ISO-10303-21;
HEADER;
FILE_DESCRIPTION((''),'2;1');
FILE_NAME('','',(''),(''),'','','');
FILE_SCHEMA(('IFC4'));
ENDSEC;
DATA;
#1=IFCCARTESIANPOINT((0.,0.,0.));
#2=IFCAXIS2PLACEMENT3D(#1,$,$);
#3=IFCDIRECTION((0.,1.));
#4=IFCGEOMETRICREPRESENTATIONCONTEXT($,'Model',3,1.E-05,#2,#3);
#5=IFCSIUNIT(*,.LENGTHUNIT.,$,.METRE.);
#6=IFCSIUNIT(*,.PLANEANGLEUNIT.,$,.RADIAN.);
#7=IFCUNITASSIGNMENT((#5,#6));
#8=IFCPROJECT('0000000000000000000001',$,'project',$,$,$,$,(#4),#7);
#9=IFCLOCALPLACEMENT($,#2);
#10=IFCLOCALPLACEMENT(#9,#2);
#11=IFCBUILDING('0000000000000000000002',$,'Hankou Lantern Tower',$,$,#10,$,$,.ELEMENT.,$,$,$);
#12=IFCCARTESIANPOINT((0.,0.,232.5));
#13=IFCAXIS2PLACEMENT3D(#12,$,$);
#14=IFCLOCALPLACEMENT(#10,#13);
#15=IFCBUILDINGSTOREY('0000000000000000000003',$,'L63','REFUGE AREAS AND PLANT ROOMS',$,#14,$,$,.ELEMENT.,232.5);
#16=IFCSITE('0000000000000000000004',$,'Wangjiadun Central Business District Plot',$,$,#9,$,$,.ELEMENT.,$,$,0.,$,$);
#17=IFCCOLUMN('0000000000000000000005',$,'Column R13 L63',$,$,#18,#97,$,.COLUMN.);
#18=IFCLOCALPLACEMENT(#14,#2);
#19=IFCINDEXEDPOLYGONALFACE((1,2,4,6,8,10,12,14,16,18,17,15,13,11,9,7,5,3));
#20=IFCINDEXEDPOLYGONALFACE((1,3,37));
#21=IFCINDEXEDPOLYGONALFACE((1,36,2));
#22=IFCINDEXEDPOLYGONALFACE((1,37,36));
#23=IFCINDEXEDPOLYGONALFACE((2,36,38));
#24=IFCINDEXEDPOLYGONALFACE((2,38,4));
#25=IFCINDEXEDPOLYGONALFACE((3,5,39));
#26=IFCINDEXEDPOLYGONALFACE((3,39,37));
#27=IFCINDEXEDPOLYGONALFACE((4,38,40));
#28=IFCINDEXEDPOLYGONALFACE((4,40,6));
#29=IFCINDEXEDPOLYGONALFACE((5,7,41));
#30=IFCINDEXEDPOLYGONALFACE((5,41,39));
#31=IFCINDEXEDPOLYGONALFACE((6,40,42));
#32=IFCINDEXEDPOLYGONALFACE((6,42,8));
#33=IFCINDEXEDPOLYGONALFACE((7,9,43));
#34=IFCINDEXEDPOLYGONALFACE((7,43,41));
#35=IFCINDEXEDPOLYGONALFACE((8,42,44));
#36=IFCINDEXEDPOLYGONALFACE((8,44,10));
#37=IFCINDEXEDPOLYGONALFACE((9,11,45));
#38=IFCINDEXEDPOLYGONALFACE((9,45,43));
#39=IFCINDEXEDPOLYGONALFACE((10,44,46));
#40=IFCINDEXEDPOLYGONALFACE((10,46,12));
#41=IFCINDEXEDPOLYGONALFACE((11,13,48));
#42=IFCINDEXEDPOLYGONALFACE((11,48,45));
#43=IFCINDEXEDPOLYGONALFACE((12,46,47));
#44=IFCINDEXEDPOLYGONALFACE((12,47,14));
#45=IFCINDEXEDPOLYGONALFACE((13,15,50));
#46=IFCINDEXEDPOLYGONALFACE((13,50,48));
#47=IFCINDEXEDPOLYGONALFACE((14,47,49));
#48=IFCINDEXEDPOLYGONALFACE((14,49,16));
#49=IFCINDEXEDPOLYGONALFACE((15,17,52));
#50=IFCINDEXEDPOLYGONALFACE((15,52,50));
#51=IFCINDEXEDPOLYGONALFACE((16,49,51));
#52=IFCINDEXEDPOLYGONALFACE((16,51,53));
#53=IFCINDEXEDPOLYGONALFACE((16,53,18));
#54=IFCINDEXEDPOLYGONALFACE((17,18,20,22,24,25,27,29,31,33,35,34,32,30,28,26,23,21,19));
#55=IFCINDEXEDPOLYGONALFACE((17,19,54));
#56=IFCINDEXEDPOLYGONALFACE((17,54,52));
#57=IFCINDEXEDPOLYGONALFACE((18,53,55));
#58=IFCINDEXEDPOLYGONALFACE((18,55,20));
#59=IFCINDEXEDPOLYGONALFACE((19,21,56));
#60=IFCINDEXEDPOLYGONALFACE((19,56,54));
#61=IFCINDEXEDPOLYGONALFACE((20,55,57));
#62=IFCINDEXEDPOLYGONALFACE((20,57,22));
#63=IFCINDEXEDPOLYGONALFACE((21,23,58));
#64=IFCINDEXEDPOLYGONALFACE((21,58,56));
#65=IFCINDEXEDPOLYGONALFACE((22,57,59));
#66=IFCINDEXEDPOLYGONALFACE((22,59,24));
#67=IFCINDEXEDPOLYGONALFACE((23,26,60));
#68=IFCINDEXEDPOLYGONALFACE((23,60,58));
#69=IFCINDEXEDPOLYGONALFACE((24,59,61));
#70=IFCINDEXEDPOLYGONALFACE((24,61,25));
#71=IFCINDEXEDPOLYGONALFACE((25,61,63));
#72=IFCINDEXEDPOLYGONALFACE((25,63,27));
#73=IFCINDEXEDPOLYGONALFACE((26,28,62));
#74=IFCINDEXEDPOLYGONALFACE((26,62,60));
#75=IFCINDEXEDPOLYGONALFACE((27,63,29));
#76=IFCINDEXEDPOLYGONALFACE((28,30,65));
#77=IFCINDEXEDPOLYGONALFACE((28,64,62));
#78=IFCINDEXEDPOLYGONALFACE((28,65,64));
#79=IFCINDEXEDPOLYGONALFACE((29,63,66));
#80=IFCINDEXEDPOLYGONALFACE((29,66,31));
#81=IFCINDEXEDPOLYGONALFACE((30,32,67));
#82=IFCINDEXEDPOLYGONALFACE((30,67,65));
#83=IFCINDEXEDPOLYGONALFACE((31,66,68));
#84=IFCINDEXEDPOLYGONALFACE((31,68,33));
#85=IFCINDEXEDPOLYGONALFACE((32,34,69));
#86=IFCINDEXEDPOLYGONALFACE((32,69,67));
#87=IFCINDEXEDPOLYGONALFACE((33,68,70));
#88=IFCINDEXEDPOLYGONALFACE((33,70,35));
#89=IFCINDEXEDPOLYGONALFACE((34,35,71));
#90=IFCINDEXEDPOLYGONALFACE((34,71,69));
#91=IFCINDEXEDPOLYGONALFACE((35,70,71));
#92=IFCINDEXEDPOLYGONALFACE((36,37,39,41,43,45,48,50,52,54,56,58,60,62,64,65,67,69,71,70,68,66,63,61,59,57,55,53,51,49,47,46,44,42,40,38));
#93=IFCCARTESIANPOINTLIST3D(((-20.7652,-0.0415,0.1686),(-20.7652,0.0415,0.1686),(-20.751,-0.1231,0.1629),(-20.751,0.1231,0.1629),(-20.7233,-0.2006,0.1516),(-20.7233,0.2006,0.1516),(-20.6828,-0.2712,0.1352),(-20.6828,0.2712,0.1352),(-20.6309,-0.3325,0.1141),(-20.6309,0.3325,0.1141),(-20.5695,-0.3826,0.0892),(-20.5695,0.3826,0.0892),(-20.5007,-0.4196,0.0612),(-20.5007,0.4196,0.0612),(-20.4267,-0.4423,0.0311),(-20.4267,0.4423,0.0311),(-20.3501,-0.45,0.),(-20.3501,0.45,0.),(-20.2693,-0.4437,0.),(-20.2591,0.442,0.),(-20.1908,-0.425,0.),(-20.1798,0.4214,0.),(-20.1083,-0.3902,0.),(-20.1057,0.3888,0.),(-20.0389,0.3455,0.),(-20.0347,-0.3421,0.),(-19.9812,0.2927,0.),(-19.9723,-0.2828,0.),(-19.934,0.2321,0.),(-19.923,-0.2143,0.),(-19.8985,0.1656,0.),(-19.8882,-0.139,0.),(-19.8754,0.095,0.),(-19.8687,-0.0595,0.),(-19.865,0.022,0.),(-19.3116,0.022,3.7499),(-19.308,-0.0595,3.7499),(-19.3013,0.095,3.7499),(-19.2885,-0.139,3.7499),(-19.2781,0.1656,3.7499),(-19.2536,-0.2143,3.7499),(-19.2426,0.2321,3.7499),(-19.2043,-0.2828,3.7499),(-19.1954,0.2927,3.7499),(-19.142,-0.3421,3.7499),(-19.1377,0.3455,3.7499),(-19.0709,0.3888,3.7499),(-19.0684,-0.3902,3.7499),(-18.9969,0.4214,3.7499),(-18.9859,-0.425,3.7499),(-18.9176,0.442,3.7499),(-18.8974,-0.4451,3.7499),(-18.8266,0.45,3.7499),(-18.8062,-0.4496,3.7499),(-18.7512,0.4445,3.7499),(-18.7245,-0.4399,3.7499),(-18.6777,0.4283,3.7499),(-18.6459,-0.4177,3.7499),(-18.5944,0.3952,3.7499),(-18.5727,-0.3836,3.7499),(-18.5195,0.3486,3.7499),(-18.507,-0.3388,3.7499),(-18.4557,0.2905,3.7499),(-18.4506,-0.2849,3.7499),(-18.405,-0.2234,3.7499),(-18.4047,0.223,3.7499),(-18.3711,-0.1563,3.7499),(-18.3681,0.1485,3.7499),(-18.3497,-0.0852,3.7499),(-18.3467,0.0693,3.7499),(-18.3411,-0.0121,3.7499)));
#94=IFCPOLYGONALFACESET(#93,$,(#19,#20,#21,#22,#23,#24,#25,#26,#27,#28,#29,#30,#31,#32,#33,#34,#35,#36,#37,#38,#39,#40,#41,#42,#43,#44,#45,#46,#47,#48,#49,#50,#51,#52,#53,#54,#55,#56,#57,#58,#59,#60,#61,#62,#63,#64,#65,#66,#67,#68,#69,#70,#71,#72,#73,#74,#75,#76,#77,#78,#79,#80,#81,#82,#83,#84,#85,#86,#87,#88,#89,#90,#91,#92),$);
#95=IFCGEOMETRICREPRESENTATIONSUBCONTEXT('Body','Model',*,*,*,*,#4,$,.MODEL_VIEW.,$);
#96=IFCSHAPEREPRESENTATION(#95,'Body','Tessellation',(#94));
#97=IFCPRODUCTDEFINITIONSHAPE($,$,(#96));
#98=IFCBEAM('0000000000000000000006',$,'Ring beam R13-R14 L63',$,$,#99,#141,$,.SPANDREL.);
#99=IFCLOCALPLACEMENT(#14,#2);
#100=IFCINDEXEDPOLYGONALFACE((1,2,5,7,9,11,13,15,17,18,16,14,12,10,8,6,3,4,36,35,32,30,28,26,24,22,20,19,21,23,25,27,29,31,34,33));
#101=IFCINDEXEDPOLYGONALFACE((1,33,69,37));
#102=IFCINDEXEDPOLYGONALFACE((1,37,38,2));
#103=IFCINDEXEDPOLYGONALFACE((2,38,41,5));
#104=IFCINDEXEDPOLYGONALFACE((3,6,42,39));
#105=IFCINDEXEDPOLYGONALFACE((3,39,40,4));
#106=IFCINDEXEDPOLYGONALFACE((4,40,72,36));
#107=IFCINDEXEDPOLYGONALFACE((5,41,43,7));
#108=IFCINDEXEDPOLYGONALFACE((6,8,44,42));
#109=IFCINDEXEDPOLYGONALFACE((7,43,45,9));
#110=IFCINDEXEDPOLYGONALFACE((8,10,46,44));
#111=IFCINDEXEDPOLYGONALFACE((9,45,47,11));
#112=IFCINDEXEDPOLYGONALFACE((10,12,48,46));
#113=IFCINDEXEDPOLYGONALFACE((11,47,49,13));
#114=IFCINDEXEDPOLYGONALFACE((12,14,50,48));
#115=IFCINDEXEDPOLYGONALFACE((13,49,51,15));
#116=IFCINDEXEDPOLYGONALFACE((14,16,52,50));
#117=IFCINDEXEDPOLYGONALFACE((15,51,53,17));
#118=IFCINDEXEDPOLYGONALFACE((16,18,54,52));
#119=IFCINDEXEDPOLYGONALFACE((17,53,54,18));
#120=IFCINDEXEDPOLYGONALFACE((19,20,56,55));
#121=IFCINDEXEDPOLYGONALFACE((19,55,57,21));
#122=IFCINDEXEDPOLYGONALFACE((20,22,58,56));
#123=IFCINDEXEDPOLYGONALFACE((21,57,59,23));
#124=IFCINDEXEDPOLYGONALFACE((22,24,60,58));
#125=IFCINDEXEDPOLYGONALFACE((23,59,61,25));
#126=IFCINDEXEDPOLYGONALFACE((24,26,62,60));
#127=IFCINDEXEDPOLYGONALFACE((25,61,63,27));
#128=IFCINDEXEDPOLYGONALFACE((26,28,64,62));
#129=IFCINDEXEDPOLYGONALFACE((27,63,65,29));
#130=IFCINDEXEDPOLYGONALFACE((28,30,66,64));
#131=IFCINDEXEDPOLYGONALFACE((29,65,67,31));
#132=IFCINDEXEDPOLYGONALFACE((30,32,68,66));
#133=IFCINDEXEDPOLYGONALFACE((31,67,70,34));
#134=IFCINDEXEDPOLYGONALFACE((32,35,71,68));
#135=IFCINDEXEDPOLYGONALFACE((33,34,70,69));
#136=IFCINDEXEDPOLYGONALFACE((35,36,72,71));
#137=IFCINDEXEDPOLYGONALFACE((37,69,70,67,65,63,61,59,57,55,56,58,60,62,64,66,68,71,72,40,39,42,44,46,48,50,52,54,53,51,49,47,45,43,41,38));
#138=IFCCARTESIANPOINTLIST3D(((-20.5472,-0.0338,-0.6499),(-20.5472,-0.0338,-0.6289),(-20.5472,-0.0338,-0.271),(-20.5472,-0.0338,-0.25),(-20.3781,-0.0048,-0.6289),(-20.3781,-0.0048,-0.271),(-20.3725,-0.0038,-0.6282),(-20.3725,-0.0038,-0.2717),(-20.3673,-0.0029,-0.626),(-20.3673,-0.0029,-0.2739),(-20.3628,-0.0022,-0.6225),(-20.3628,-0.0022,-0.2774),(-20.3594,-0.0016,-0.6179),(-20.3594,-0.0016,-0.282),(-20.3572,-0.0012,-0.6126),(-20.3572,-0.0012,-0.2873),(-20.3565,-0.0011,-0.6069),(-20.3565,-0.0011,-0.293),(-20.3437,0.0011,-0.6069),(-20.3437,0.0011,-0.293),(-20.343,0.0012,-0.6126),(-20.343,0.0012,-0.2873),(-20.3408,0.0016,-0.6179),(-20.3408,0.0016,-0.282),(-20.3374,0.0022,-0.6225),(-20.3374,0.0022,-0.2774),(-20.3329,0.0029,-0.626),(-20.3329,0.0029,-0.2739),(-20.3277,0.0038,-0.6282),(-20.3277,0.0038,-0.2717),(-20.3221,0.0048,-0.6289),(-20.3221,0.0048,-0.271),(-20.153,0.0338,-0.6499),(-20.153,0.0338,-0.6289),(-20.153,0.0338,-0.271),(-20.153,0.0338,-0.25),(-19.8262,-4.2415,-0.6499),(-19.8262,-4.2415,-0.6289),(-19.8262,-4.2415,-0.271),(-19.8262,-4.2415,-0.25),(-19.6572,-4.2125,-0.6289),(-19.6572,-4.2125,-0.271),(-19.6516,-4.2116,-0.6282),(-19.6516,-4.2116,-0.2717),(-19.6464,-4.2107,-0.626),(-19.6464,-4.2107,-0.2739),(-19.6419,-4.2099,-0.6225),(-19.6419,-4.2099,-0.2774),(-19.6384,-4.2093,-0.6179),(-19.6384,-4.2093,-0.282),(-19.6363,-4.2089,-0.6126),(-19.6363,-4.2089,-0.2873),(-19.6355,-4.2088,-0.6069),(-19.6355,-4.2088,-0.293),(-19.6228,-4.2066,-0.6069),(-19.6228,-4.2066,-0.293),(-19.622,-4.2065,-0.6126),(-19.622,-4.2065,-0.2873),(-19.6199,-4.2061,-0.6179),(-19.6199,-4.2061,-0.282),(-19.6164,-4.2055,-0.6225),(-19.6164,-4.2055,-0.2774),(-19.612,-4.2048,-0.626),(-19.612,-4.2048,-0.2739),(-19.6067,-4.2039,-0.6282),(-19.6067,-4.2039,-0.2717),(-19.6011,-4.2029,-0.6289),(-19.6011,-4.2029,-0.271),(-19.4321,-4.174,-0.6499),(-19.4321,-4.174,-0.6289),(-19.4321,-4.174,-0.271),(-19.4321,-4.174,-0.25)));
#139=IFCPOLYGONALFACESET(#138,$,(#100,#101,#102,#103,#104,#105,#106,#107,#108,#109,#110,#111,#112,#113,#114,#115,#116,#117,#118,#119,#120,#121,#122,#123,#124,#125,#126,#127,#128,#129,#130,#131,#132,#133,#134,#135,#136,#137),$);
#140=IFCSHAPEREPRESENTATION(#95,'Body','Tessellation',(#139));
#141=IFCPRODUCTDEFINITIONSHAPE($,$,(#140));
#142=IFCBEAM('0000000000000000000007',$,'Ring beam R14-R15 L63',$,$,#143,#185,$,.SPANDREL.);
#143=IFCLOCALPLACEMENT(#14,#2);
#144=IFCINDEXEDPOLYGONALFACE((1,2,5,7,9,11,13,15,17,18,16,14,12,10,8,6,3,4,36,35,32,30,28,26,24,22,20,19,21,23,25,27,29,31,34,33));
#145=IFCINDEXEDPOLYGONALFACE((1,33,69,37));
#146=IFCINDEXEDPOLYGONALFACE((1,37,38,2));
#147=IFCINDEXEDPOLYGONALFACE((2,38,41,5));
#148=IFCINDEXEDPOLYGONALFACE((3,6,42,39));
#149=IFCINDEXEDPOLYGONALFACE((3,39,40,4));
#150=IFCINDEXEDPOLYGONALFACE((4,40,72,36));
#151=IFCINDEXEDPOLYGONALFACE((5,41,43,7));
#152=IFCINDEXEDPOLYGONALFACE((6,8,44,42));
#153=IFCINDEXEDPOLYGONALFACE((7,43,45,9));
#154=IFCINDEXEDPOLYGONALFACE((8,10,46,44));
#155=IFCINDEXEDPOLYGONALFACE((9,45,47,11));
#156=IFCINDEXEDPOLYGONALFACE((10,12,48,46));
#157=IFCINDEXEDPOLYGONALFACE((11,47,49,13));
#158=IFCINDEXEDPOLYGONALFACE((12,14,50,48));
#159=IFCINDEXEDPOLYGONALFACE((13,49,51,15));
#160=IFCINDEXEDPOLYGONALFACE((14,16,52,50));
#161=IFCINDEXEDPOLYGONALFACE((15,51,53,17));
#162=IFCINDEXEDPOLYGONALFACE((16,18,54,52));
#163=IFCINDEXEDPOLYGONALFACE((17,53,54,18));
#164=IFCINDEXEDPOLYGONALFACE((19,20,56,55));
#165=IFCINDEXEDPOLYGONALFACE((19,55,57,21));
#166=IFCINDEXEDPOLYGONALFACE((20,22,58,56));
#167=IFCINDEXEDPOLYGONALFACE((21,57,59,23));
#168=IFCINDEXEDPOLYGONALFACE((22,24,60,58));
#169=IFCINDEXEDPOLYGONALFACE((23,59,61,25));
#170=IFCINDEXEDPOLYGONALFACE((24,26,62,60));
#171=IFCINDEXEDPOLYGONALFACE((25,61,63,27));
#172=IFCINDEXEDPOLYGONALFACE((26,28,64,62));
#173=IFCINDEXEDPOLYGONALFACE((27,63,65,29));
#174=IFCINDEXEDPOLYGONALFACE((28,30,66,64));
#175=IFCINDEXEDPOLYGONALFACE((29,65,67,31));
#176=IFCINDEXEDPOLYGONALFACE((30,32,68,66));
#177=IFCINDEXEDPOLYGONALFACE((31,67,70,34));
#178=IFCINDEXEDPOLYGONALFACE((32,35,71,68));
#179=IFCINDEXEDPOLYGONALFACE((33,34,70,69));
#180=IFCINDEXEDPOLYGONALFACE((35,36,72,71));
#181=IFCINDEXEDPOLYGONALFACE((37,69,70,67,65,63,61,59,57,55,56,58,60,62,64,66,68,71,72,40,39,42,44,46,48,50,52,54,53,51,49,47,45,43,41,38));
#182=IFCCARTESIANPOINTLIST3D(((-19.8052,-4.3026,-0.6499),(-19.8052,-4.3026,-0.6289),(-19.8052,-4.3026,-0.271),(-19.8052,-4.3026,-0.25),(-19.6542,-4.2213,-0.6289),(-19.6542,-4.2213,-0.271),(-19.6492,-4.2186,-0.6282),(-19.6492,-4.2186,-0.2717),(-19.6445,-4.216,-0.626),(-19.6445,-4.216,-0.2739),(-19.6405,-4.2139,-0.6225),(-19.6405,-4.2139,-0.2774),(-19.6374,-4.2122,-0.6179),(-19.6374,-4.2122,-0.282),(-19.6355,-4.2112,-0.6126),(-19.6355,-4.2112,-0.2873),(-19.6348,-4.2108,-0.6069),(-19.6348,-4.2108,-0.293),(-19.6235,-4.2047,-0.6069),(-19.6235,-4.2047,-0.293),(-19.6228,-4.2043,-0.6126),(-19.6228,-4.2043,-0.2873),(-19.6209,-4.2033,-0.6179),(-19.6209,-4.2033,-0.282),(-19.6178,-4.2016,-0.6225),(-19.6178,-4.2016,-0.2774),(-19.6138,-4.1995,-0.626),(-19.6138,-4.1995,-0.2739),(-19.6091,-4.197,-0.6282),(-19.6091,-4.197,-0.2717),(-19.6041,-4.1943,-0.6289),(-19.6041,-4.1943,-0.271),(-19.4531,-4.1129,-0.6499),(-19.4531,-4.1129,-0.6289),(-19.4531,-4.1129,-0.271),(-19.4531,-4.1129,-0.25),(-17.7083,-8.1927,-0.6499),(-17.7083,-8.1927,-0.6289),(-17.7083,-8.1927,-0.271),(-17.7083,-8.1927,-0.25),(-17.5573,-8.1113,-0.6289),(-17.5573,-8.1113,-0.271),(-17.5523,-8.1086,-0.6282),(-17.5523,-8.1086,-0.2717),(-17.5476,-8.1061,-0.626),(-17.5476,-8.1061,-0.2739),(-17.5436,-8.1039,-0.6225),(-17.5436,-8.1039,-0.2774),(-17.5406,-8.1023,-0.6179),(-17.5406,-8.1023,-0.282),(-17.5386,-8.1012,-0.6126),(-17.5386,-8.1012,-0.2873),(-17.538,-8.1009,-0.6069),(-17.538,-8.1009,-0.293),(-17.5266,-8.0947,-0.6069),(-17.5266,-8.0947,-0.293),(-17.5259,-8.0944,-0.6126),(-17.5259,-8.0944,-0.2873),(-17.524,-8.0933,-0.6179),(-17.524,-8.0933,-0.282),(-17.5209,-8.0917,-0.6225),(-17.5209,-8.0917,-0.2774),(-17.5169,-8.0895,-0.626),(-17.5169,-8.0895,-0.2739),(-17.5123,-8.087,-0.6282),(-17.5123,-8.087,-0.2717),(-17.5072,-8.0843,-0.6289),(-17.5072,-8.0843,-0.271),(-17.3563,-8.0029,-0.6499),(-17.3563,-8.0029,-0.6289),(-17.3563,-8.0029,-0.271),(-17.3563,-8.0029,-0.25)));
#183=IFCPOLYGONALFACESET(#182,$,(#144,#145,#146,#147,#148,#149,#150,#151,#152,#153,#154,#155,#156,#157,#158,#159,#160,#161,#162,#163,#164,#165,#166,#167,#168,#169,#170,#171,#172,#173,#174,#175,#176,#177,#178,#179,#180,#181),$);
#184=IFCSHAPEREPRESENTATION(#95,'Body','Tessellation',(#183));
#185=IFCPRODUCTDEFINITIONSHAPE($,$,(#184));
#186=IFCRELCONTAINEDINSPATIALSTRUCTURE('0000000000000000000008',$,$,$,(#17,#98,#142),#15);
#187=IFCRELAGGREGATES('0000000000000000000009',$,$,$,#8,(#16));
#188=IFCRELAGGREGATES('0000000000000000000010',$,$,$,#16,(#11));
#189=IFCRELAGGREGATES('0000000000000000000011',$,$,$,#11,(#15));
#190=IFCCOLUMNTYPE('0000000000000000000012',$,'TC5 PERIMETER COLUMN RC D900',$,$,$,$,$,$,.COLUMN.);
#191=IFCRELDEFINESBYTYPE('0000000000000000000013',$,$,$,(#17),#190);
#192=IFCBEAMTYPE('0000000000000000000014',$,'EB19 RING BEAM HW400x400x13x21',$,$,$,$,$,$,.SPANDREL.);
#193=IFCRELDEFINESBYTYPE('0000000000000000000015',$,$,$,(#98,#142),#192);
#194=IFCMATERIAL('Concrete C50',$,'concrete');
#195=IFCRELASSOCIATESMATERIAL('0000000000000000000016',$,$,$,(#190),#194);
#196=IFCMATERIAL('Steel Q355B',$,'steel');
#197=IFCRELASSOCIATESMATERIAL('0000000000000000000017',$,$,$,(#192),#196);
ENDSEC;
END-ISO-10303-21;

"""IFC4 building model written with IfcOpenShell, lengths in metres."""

from ifc_helpers import new_model, si_unit, direction, frame, origin, origin_2d, place, context, subcontext, project, spatial, circle, i_section, extrude, clip, halfspace, material, material_profile, profile_set, type_object, element, save


model = new_model("IFC4")

# Units and contexts
model_context = context("Model", 3, precision=1e-05, world=origin(), true_north=direction((0.0, 1.0)))
body_context = subcontext(model_context, "Body", "Model", "MODEL_VIEW")
ifc_project = project(units=[si_unit("LENGTHUNIT", "METRE"), si_unit("PLANEANGLEUNIT", "RADIAN")], contexts=[model_context])

# Site, building, storey
site_placement = place(None, origin())
site = spatial("IfcSite", under=ifc_project, at=site_placement, Name="Wangjiadun Central Business District Plot", CompositionType="ELEMENT", RefElevation=0.0)
building_placement = place(site_placement, origin())
building = spatial("IfcBuilding", under=site, at=building_placement, Name="Hankou Lantern Tower", CompositionType="ELEMENT")
storey_placement = place(building_placement, frame((0.0, 0.0, 232.5)))
storey = spatial("IfcBuildingStorey", under=building, at=storey_placement, Name="L63", Description="REFUGE AREAS AND PLANT ROOMS", CompositionType="ELEMENT", Elevation=232.5)

# Column
ifc_material_1 = material(Name="Concrete C50", Category="concrete")
ifc_material_profile_1 = material_profile(ifc_material_1, circle(Radius=0.45, at=origin_2d()), Name="RC D900")
ifc_profile_set_1 = profile_set([ifc_material_profile_1], Name="Concrete C50")
column_type = type_object("IfcColumnType", Name="TC5 PERIMETER COLUMN RC D900", PredefinedType="COLUMN", material=ifc_profile_set_1)
column_1_placement = place(storey_placement, frame((-20.3501, 0.0, 0.0), z_axis=(0.376406, 0.0, 0.926455), x_axis=(0.0, 1.0, 0.0)))
element("IfcColumn", 1, at=column_1_placement, inside=storey, type_object=column_type, Name="Column R13 L63", PredefinedType="COLUMN", context=body_context, shape_type="Clipping", body=[
    clip(clip(extrude(circle(Radius=0.45, at=origin_2d()), origin(), (0.0, 0.0, 1.0), 5.1812), halfspace(frame((0.0, 0.0, 0.0), z_axis=(0.0, -0.376406, -0.926455), x_axis=(0.0, -0.926455, 0.376406)), False)), halfspace(frame((0.0, 0.0, 4.0476), z_axis=(0.0, 0.376406, 0.926455), x_axis=(0.0, -0.926455, 0.376406)), False)),
])

# Beams
ifc_material_2 = material(Name="Steel Q355B", Category="steel")
ifc_material_profile_2 = material_profile(ifc_material_2, i_section(OverallWidth=0.3999, OverallDepth=0.3999, WebThickness=0.0129, FlangeThickness=0.021, FilletRadius=0.022, at=origin_2d()), Name="HW400x400x13x21")
ifc_profile_set_2 = profile_set([ifc_material_profile_2], Name="Steel Q355B")
beam_type_1 = type_object("IfcBeamType", Name="EB19 RING BEAM HW400x400x13x21", PredefinedType="SPANDREL", material=ifc_profile_set_2)
beam_1_placement = place(storey_placement, frame((-20.3501, 0.0, -0.45), z_axis=(0.168877, -0.985637, 0.0), x_axis=(0.985637, 0.168877, 0.0)))
element("IfcBeam", 2, at=beam_1_placement, inside=storey, type_object=beam_type_1, Name="Ring beam R13-R14 L63", PredefinedType="SPANDREL", context=body_context, shape_type="SweptSolid", body=[
    extrude(i_section(OverallWidth=0.3999, OverallDepth=0.3999, WebThickness=0.0129, FlangeThickness=0.021, FilletRadius=0.022, at=origin_2d()), origin(), (0.0, 0.0, 1.0), 4.269),
])
beam_2_placement = place(storey_placement, frame((-19.6292, -4.2078, -0.45), z_axis=(0.474492, -0.88026, 0.0), x_axis=(0.88026, 0.474492, 0.0)))
element("IfcBeam", 3, at=beam_2_placement, inside=storey, type_object=beam_type_1, Name="Ring beam R14-R15 L63", PredefinedType="SPANDREL", context=body_context, shape_type="SweptSolid", body=[
    extrude(i_section(OverallWidth=0.3999, OverallDepth=0.3999, WebThickness=0.0129, FlangeThickness=0.021, FilletRadius=0.022, at=origin_2d()), origin(), (0.0, 0.0, 1.0), 4.4192),
])

save(model, "model.ifc")
